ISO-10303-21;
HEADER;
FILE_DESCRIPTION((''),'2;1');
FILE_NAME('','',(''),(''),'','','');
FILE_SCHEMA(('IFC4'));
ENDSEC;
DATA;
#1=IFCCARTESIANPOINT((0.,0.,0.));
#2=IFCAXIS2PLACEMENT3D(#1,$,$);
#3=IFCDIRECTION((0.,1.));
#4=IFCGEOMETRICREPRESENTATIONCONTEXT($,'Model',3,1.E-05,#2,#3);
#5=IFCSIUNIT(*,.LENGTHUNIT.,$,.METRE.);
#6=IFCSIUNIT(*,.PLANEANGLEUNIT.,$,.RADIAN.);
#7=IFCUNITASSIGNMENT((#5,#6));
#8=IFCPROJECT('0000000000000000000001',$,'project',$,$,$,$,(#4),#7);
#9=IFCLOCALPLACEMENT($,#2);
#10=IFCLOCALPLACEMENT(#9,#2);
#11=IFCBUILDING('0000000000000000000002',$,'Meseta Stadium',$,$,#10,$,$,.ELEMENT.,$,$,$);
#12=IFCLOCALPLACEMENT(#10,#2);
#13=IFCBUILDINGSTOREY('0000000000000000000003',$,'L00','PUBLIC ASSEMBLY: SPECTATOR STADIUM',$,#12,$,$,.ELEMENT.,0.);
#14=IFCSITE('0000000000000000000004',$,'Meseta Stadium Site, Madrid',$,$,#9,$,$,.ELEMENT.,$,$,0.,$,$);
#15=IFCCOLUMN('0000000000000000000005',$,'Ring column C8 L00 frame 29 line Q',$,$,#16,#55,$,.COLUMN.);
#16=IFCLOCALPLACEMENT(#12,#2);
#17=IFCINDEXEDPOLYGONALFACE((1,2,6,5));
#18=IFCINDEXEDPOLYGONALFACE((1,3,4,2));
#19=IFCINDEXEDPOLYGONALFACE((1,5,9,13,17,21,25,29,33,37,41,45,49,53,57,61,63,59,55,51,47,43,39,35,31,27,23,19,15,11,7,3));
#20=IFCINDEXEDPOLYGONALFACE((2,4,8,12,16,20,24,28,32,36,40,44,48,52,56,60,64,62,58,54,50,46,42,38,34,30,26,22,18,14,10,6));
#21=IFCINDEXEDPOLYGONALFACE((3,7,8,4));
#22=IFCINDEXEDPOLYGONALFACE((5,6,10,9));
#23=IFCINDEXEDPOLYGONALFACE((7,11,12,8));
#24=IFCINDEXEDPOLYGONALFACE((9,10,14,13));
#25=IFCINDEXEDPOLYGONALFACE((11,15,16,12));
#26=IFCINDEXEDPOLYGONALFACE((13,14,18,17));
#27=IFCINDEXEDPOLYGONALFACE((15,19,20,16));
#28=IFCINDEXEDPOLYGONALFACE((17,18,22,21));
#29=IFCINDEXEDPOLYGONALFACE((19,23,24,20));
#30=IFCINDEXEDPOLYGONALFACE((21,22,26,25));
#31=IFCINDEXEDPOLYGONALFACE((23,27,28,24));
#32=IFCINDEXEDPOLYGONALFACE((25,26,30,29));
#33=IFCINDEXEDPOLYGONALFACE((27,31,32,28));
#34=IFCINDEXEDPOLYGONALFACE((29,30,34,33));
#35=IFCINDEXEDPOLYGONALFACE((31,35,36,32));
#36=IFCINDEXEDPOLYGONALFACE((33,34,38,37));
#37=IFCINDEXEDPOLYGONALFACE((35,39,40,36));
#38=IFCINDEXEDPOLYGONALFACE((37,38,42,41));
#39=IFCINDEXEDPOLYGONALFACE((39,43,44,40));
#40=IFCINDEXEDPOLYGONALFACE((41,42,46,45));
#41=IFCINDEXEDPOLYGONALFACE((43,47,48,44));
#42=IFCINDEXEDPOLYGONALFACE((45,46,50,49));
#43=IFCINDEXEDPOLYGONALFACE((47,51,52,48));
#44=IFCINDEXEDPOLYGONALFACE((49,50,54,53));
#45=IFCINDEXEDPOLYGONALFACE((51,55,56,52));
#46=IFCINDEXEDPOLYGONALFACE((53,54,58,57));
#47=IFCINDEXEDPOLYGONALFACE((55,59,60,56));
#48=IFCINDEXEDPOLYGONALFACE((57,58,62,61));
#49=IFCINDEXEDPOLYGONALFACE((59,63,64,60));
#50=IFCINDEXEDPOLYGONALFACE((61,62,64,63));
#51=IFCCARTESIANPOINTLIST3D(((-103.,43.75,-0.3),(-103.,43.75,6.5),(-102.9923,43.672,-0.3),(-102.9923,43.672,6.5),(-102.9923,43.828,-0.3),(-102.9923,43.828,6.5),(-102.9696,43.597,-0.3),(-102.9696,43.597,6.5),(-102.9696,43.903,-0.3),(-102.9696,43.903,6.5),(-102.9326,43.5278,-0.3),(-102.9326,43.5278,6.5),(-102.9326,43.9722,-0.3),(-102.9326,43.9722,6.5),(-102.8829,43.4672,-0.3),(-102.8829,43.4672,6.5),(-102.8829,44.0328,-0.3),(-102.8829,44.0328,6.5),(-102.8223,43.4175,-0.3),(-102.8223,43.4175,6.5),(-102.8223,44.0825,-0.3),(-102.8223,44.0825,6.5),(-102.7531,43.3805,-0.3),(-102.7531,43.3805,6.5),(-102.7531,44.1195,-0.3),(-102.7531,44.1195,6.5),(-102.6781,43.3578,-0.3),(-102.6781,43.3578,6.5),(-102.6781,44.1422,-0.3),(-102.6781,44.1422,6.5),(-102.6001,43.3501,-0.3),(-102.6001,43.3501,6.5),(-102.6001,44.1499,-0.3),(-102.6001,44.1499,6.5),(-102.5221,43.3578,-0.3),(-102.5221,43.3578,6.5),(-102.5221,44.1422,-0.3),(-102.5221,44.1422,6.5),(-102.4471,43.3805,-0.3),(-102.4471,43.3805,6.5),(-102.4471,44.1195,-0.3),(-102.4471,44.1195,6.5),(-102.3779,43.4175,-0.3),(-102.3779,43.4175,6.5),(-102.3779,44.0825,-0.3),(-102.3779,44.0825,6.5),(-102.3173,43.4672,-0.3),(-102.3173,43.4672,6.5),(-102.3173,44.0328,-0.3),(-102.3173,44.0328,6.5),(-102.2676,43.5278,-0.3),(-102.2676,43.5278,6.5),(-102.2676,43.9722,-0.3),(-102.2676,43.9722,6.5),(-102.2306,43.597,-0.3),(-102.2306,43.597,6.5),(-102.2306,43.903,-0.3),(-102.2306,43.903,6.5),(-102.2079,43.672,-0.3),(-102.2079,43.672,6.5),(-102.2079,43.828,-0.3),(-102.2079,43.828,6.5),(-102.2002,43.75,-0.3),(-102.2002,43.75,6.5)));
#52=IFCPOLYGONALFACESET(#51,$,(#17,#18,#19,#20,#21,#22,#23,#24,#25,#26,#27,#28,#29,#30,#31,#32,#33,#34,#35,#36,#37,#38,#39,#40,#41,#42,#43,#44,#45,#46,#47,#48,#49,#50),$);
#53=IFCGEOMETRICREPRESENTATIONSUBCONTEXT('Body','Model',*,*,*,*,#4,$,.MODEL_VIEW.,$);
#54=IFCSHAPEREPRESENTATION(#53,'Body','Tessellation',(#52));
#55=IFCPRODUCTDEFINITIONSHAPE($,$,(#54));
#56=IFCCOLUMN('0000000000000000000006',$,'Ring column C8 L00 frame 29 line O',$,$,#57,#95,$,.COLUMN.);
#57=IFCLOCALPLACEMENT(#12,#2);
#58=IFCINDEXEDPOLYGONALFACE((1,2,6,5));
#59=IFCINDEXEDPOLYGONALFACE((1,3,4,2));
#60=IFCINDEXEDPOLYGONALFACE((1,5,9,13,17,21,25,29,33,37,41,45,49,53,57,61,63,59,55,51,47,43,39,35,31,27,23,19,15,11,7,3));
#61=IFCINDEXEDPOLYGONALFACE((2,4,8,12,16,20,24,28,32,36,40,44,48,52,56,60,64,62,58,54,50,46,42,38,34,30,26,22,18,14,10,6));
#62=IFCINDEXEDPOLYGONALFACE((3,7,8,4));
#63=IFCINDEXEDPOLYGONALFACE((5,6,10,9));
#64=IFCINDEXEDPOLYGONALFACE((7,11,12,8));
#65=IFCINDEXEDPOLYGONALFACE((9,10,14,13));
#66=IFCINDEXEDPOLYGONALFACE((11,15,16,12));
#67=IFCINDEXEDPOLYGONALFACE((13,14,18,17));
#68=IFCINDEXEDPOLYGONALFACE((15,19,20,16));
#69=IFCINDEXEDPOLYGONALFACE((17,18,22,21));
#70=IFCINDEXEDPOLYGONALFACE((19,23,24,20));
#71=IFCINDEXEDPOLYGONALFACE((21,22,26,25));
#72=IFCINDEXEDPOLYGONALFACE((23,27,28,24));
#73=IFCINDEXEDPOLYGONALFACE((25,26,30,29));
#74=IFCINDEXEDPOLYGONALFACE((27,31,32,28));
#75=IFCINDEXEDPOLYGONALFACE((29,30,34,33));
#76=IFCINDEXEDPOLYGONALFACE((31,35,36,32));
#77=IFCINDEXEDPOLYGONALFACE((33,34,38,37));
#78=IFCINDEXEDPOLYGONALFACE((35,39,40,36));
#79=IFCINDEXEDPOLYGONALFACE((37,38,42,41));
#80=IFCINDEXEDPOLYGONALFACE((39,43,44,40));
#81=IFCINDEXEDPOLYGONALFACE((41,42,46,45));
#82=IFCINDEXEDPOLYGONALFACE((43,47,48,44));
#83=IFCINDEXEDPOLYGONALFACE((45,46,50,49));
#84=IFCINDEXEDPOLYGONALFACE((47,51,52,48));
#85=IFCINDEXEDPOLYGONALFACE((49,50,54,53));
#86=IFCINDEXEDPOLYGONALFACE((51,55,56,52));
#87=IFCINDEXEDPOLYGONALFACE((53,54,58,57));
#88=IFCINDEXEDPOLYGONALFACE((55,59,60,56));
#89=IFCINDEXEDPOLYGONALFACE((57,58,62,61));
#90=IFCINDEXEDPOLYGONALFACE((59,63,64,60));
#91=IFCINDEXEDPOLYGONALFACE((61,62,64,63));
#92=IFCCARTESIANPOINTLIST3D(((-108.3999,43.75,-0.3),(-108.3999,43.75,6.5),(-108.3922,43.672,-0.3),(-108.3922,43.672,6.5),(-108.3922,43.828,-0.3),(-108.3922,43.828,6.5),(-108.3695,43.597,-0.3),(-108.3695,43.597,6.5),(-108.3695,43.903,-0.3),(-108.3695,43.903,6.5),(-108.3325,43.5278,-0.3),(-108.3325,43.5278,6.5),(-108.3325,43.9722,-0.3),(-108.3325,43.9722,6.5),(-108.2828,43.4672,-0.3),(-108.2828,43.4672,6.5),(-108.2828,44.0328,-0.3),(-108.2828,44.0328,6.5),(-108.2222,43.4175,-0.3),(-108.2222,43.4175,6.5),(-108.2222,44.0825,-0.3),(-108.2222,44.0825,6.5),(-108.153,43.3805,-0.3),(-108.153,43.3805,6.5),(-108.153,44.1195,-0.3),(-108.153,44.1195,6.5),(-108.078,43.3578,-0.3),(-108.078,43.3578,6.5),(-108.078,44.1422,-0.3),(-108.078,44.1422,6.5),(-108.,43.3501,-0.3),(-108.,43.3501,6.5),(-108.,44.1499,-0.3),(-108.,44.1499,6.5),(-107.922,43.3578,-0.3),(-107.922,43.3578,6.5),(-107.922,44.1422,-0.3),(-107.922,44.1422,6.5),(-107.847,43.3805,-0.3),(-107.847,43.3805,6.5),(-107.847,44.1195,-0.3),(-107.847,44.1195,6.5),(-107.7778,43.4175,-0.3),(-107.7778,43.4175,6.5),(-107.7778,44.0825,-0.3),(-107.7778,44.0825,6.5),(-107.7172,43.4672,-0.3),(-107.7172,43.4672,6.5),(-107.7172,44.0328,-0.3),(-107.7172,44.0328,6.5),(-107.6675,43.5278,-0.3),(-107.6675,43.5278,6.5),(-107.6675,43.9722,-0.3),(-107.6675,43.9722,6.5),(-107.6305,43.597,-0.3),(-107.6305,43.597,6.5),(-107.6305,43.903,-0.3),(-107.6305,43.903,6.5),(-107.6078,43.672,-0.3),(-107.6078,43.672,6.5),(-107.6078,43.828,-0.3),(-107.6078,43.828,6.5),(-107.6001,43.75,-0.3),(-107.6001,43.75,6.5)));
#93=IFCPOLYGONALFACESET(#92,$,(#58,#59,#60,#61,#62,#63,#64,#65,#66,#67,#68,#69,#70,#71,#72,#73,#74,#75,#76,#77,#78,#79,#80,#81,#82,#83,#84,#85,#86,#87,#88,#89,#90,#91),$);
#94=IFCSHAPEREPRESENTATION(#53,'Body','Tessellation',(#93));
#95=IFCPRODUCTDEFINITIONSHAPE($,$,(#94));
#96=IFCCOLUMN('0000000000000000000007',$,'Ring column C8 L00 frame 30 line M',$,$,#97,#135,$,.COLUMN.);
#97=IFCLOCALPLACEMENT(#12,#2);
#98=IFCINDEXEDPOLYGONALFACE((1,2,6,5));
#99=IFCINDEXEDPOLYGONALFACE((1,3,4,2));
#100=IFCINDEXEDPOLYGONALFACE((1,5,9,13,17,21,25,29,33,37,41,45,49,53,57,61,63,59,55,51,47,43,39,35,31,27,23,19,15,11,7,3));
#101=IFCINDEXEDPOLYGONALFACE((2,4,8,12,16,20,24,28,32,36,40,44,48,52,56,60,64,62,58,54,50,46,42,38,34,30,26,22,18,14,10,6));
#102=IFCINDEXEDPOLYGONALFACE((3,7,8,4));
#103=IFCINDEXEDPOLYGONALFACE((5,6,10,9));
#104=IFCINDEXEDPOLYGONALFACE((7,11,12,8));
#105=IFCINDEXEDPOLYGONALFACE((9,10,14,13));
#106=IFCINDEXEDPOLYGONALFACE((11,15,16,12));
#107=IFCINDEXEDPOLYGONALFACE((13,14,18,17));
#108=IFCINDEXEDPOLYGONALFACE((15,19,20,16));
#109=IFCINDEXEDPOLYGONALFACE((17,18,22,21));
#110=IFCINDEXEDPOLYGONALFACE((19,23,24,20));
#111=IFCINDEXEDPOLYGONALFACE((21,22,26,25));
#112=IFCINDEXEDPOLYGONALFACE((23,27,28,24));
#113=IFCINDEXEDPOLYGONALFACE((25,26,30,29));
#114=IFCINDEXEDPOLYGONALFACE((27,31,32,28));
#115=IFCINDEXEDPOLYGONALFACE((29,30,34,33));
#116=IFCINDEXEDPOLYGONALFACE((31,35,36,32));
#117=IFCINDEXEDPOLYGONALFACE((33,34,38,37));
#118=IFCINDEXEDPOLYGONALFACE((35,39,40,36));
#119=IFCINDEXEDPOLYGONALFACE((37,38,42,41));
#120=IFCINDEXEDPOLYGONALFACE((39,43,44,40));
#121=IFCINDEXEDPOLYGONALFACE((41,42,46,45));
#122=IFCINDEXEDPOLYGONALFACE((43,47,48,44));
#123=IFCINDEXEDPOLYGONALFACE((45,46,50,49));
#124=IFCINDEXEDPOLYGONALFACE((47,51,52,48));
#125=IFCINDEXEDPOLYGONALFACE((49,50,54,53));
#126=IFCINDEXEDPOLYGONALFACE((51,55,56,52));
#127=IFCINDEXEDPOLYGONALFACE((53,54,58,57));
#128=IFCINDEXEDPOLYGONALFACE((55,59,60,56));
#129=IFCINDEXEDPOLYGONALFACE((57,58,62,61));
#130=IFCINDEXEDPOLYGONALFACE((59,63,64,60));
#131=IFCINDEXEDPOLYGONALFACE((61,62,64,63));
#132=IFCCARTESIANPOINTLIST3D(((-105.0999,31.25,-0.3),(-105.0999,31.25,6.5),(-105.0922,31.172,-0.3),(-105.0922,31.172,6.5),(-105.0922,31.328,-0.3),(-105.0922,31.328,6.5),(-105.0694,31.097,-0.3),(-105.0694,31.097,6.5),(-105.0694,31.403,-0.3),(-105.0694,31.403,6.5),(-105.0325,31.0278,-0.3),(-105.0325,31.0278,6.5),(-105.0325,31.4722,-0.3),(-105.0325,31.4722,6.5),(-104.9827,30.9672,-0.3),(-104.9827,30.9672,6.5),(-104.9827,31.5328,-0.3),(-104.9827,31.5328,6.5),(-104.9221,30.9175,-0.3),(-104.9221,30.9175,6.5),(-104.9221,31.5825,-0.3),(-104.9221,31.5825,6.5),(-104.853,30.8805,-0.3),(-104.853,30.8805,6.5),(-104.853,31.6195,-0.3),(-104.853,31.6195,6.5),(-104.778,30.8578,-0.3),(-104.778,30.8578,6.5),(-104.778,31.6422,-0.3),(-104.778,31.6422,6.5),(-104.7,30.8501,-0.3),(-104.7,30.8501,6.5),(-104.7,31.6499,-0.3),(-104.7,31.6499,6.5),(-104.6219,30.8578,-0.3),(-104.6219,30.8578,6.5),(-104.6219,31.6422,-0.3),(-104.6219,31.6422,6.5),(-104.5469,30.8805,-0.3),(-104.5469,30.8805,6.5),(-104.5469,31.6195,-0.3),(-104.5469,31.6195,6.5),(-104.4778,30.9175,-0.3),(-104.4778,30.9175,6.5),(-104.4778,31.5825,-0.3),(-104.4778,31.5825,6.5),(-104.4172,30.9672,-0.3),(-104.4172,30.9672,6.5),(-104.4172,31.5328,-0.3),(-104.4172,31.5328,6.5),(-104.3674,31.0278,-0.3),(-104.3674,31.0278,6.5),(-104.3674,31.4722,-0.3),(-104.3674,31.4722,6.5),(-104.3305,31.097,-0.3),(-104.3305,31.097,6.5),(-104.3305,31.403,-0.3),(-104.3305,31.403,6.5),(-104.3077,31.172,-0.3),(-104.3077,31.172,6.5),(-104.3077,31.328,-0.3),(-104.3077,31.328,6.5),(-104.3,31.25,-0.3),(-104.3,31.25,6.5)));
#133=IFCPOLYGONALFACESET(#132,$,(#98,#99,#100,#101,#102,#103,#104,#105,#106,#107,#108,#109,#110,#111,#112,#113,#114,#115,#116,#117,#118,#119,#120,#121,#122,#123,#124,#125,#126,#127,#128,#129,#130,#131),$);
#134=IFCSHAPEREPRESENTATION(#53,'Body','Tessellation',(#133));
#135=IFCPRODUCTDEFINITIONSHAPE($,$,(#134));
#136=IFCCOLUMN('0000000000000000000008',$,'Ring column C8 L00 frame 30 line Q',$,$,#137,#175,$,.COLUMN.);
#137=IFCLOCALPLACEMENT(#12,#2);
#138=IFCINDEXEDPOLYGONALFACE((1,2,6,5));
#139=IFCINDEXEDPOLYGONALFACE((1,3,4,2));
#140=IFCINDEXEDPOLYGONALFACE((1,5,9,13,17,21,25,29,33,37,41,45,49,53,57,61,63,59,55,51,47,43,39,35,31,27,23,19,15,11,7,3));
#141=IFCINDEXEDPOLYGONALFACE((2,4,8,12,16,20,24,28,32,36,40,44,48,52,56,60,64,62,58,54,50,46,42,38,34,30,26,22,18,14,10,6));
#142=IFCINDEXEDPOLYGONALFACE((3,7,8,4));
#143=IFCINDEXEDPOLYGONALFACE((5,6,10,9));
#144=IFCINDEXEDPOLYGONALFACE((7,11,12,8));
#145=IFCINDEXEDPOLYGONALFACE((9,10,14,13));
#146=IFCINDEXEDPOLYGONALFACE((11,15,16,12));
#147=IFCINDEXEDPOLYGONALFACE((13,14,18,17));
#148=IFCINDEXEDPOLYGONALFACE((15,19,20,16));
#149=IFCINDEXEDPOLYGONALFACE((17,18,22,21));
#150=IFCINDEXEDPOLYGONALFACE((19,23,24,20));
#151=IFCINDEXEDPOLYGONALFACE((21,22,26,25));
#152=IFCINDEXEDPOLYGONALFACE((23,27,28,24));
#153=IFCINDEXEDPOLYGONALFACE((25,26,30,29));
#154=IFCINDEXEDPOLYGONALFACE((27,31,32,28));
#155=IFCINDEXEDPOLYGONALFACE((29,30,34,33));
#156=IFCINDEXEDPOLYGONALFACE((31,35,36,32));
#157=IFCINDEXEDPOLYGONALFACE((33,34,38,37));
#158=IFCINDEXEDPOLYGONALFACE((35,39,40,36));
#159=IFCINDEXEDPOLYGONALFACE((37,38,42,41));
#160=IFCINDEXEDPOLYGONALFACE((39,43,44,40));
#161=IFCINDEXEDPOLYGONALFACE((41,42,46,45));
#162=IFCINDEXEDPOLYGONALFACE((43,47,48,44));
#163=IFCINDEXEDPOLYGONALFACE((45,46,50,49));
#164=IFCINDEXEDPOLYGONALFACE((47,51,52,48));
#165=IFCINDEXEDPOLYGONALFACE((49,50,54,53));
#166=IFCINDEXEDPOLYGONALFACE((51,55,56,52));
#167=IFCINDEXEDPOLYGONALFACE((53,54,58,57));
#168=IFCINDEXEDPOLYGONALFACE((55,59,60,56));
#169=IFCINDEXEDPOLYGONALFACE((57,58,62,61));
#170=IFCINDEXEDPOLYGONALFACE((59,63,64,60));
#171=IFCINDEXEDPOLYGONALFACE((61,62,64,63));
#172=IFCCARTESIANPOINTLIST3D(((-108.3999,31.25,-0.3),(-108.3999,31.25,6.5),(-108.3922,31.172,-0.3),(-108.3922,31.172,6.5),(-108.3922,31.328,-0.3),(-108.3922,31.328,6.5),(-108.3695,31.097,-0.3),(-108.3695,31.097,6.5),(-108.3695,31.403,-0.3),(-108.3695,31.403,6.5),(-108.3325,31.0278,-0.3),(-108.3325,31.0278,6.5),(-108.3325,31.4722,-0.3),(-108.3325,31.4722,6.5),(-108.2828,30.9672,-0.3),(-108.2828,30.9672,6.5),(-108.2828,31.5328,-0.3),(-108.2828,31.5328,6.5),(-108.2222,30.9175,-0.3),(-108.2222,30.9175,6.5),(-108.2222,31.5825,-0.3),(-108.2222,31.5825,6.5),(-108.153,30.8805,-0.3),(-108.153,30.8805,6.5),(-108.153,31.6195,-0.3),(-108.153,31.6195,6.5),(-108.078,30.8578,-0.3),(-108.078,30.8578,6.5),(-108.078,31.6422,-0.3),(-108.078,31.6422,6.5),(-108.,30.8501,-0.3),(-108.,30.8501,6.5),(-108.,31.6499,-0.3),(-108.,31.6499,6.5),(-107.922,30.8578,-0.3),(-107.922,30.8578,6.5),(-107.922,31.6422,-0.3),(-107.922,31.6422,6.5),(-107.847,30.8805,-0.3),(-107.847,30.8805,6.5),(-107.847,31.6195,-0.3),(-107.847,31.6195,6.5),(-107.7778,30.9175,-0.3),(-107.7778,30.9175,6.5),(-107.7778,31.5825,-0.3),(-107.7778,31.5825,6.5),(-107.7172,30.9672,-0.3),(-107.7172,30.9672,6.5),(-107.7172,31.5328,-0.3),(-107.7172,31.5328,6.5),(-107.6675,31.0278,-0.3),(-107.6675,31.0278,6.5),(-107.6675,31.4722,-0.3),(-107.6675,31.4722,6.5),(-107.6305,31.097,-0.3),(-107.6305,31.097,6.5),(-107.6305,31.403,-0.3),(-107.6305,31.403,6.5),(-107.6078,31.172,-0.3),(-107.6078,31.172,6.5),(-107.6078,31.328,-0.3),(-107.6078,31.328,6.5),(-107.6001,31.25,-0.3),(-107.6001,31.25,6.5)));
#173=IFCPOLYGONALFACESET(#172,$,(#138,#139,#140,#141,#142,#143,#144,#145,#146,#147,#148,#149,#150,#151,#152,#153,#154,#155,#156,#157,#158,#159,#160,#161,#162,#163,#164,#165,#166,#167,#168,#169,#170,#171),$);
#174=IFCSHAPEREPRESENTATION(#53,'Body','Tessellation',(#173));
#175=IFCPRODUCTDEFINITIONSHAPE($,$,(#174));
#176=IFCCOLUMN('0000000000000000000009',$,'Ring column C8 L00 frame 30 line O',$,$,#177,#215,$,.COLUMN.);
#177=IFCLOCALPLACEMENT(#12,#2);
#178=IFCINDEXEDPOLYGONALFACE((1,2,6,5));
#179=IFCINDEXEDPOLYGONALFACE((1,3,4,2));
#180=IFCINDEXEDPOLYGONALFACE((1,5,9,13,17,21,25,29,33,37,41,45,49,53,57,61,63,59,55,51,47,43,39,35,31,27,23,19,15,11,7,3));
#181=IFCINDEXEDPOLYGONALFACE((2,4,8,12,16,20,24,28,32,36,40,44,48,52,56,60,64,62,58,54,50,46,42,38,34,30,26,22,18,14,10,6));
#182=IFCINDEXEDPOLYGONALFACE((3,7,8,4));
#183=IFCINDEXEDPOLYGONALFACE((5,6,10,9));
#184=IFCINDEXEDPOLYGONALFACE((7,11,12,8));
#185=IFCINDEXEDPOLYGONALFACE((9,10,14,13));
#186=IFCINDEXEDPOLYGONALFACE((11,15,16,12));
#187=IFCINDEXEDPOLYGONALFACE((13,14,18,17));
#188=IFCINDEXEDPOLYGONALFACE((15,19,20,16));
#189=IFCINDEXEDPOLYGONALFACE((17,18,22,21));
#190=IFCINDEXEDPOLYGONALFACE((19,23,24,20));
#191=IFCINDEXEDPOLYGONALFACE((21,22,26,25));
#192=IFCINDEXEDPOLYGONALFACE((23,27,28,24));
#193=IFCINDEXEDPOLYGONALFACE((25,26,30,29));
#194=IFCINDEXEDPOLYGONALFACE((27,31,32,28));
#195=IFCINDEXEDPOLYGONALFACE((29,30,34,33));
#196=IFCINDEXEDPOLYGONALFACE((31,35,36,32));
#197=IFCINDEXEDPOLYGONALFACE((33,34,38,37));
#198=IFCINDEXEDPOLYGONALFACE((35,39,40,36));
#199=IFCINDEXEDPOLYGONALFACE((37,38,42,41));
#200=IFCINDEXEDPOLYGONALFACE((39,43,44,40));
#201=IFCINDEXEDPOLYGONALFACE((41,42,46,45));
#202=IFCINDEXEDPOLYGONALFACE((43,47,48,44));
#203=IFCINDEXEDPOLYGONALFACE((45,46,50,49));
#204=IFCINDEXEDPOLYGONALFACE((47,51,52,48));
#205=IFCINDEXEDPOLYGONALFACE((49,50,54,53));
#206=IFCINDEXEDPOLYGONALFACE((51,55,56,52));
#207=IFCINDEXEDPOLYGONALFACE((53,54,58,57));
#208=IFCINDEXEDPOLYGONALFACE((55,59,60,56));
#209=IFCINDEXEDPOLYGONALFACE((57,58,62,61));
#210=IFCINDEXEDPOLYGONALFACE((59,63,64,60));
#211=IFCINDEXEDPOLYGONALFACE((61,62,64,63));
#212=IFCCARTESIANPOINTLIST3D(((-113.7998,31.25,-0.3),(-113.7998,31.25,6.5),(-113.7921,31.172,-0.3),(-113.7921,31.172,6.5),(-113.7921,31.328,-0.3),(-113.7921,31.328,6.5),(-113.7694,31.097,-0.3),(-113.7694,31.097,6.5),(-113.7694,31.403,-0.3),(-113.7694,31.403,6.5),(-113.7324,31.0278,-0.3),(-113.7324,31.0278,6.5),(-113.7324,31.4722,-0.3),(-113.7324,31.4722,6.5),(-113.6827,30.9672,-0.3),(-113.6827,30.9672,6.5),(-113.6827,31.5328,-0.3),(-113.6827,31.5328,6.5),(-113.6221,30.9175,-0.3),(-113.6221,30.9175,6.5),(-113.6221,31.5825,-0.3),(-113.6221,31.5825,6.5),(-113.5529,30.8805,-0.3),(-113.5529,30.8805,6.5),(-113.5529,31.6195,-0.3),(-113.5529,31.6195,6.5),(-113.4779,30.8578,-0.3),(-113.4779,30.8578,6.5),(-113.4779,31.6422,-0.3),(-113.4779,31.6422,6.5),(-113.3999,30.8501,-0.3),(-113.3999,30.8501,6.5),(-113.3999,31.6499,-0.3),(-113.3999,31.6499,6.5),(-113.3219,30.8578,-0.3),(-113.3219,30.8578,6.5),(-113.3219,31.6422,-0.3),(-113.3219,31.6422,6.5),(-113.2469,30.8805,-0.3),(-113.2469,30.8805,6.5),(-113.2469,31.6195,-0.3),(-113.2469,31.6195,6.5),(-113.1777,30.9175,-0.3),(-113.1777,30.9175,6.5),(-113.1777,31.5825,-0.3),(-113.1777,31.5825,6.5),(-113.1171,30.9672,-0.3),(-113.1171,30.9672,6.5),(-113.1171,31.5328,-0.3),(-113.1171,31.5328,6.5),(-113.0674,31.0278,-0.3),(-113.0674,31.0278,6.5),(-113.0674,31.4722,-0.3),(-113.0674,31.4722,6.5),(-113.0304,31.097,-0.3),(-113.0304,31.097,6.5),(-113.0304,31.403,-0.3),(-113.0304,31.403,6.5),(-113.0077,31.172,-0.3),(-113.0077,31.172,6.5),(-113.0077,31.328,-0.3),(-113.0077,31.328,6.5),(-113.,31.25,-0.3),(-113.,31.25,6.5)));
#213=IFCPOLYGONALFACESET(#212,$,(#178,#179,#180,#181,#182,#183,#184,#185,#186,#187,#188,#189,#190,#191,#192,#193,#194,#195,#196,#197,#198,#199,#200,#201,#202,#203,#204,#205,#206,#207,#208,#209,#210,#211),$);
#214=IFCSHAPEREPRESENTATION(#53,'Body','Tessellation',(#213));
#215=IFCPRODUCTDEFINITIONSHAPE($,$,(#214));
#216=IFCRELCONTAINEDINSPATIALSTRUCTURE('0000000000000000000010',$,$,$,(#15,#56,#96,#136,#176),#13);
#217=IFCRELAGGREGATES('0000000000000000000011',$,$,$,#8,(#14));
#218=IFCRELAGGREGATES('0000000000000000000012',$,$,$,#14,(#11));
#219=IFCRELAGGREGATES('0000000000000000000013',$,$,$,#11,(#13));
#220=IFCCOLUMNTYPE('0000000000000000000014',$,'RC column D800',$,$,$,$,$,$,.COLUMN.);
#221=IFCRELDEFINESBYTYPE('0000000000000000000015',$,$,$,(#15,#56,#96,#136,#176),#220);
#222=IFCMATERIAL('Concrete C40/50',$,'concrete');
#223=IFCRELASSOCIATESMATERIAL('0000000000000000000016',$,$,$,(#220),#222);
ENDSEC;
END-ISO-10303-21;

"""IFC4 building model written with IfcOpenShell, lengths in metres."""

from ifc_helpers import new_model, si_unit, direction, frame, origin, origin_2d, place, context, subcontext, project, spatial, circle, extrude, material, material_profile, profile_set, type_object, element, save


model = new_model("IFC4")

# Units and contexts
model_context = context("Model", 3, precision=1e-05, world=origin(), true_north=direction((0.0, 1.0)))
body_context = subcontext(model_context, "Body", "Model", "MODEL_VIEW")
ifc_project = project(units=[si_unit("LENGTHUNIT", "METRE"), si_unit("PLANEANGLEUNIT", "RADIAN")], contexts=[model_context])

# Site, building, storey
site_placement = place(None, origin())
site = spatial("IfcSite", under=ifc_project, at=site_placement, Name="Meseta Stadium Site, Madrid", CompositionType="ELEMENT", RefElevation=0.0)
building_placement = place(site_placement, origin())
building = spatial("IfcBuilding", under=site, at=building_placement, Name="Meseta Stadium", CompositionType="ELEMENT")
storey_placement = place(building_placement, origin())
storey = spatial("IfcBuildingStorey", under=building, at=storey_placement, Name="L00", Description="PUBLIC ASSEMBLY: SPECTATOR STADIUM", CompositionType="ELEMENT", Elevation=0.0)

# Columns
ifc_material_1 = material(Name="Concrete C40/50", Category="concrete")
ifc_material_profile_1 = material_profile(ifc_material_1, circle(Radius=0.3999, at=origin_2d()), Name="RC D800")
ifc_profile_set_1 = profile_set([ifc_material_profile_1], Name="Concrete C40/50")
column_type = type_object("IfcColumnType", Name="RC column D800", PredefinedType="COLUMN", material=ifc_profile_set_1)
for number, where, z_axis, x_axis, name in (
    (1, (-102.6001, 43.75, -0.3), (0.0, 0.0, 1.0), (1.0, 0.0, 0.0), "Ring column C8 L00 frame 29 line Q"),
    (2, (-108.0, 43.75, -0.3), (0.0, 0.0, 1.0), (1.0, 0.0, 0.0), "Ring column C8 L00 frame 29 line O"),
    (3, (-104.7, 31.25, -0.3), (0.0, 0.0, 1.0), (1.0, 0.0, 0.0), "Ring column C8 L00 frame 30 line M"),
    (4, (-108.0, 31.25, -0.3), (0.0, 0.0, 1.0), (1.0, 0.0, 0.0), "Ring column C8 L00 frame 30 line Q"),
    (5, (-113.3999, 31.25, -0.3), (0.0, 0.0, 1.0), (1.0, 0.0, 0.0), "Ring column C8 L00 frame 30 line O"),
):
    element("IfcColumn", number, at=place(storey_placement, frame(where, z_axis=z_axis, x_axis=x_axis)), inside=storey, type_object=column_type, Name=name, PredefinedType="COLUMN", context=body_context, shape_type="SweptSolid", body=[
        extrude(circle(Radius=0.3999, at=origin_2d()), origin(), (0.0, 0.0, 1.0), 6.8),
    ])

save(model, "model.ifc")
